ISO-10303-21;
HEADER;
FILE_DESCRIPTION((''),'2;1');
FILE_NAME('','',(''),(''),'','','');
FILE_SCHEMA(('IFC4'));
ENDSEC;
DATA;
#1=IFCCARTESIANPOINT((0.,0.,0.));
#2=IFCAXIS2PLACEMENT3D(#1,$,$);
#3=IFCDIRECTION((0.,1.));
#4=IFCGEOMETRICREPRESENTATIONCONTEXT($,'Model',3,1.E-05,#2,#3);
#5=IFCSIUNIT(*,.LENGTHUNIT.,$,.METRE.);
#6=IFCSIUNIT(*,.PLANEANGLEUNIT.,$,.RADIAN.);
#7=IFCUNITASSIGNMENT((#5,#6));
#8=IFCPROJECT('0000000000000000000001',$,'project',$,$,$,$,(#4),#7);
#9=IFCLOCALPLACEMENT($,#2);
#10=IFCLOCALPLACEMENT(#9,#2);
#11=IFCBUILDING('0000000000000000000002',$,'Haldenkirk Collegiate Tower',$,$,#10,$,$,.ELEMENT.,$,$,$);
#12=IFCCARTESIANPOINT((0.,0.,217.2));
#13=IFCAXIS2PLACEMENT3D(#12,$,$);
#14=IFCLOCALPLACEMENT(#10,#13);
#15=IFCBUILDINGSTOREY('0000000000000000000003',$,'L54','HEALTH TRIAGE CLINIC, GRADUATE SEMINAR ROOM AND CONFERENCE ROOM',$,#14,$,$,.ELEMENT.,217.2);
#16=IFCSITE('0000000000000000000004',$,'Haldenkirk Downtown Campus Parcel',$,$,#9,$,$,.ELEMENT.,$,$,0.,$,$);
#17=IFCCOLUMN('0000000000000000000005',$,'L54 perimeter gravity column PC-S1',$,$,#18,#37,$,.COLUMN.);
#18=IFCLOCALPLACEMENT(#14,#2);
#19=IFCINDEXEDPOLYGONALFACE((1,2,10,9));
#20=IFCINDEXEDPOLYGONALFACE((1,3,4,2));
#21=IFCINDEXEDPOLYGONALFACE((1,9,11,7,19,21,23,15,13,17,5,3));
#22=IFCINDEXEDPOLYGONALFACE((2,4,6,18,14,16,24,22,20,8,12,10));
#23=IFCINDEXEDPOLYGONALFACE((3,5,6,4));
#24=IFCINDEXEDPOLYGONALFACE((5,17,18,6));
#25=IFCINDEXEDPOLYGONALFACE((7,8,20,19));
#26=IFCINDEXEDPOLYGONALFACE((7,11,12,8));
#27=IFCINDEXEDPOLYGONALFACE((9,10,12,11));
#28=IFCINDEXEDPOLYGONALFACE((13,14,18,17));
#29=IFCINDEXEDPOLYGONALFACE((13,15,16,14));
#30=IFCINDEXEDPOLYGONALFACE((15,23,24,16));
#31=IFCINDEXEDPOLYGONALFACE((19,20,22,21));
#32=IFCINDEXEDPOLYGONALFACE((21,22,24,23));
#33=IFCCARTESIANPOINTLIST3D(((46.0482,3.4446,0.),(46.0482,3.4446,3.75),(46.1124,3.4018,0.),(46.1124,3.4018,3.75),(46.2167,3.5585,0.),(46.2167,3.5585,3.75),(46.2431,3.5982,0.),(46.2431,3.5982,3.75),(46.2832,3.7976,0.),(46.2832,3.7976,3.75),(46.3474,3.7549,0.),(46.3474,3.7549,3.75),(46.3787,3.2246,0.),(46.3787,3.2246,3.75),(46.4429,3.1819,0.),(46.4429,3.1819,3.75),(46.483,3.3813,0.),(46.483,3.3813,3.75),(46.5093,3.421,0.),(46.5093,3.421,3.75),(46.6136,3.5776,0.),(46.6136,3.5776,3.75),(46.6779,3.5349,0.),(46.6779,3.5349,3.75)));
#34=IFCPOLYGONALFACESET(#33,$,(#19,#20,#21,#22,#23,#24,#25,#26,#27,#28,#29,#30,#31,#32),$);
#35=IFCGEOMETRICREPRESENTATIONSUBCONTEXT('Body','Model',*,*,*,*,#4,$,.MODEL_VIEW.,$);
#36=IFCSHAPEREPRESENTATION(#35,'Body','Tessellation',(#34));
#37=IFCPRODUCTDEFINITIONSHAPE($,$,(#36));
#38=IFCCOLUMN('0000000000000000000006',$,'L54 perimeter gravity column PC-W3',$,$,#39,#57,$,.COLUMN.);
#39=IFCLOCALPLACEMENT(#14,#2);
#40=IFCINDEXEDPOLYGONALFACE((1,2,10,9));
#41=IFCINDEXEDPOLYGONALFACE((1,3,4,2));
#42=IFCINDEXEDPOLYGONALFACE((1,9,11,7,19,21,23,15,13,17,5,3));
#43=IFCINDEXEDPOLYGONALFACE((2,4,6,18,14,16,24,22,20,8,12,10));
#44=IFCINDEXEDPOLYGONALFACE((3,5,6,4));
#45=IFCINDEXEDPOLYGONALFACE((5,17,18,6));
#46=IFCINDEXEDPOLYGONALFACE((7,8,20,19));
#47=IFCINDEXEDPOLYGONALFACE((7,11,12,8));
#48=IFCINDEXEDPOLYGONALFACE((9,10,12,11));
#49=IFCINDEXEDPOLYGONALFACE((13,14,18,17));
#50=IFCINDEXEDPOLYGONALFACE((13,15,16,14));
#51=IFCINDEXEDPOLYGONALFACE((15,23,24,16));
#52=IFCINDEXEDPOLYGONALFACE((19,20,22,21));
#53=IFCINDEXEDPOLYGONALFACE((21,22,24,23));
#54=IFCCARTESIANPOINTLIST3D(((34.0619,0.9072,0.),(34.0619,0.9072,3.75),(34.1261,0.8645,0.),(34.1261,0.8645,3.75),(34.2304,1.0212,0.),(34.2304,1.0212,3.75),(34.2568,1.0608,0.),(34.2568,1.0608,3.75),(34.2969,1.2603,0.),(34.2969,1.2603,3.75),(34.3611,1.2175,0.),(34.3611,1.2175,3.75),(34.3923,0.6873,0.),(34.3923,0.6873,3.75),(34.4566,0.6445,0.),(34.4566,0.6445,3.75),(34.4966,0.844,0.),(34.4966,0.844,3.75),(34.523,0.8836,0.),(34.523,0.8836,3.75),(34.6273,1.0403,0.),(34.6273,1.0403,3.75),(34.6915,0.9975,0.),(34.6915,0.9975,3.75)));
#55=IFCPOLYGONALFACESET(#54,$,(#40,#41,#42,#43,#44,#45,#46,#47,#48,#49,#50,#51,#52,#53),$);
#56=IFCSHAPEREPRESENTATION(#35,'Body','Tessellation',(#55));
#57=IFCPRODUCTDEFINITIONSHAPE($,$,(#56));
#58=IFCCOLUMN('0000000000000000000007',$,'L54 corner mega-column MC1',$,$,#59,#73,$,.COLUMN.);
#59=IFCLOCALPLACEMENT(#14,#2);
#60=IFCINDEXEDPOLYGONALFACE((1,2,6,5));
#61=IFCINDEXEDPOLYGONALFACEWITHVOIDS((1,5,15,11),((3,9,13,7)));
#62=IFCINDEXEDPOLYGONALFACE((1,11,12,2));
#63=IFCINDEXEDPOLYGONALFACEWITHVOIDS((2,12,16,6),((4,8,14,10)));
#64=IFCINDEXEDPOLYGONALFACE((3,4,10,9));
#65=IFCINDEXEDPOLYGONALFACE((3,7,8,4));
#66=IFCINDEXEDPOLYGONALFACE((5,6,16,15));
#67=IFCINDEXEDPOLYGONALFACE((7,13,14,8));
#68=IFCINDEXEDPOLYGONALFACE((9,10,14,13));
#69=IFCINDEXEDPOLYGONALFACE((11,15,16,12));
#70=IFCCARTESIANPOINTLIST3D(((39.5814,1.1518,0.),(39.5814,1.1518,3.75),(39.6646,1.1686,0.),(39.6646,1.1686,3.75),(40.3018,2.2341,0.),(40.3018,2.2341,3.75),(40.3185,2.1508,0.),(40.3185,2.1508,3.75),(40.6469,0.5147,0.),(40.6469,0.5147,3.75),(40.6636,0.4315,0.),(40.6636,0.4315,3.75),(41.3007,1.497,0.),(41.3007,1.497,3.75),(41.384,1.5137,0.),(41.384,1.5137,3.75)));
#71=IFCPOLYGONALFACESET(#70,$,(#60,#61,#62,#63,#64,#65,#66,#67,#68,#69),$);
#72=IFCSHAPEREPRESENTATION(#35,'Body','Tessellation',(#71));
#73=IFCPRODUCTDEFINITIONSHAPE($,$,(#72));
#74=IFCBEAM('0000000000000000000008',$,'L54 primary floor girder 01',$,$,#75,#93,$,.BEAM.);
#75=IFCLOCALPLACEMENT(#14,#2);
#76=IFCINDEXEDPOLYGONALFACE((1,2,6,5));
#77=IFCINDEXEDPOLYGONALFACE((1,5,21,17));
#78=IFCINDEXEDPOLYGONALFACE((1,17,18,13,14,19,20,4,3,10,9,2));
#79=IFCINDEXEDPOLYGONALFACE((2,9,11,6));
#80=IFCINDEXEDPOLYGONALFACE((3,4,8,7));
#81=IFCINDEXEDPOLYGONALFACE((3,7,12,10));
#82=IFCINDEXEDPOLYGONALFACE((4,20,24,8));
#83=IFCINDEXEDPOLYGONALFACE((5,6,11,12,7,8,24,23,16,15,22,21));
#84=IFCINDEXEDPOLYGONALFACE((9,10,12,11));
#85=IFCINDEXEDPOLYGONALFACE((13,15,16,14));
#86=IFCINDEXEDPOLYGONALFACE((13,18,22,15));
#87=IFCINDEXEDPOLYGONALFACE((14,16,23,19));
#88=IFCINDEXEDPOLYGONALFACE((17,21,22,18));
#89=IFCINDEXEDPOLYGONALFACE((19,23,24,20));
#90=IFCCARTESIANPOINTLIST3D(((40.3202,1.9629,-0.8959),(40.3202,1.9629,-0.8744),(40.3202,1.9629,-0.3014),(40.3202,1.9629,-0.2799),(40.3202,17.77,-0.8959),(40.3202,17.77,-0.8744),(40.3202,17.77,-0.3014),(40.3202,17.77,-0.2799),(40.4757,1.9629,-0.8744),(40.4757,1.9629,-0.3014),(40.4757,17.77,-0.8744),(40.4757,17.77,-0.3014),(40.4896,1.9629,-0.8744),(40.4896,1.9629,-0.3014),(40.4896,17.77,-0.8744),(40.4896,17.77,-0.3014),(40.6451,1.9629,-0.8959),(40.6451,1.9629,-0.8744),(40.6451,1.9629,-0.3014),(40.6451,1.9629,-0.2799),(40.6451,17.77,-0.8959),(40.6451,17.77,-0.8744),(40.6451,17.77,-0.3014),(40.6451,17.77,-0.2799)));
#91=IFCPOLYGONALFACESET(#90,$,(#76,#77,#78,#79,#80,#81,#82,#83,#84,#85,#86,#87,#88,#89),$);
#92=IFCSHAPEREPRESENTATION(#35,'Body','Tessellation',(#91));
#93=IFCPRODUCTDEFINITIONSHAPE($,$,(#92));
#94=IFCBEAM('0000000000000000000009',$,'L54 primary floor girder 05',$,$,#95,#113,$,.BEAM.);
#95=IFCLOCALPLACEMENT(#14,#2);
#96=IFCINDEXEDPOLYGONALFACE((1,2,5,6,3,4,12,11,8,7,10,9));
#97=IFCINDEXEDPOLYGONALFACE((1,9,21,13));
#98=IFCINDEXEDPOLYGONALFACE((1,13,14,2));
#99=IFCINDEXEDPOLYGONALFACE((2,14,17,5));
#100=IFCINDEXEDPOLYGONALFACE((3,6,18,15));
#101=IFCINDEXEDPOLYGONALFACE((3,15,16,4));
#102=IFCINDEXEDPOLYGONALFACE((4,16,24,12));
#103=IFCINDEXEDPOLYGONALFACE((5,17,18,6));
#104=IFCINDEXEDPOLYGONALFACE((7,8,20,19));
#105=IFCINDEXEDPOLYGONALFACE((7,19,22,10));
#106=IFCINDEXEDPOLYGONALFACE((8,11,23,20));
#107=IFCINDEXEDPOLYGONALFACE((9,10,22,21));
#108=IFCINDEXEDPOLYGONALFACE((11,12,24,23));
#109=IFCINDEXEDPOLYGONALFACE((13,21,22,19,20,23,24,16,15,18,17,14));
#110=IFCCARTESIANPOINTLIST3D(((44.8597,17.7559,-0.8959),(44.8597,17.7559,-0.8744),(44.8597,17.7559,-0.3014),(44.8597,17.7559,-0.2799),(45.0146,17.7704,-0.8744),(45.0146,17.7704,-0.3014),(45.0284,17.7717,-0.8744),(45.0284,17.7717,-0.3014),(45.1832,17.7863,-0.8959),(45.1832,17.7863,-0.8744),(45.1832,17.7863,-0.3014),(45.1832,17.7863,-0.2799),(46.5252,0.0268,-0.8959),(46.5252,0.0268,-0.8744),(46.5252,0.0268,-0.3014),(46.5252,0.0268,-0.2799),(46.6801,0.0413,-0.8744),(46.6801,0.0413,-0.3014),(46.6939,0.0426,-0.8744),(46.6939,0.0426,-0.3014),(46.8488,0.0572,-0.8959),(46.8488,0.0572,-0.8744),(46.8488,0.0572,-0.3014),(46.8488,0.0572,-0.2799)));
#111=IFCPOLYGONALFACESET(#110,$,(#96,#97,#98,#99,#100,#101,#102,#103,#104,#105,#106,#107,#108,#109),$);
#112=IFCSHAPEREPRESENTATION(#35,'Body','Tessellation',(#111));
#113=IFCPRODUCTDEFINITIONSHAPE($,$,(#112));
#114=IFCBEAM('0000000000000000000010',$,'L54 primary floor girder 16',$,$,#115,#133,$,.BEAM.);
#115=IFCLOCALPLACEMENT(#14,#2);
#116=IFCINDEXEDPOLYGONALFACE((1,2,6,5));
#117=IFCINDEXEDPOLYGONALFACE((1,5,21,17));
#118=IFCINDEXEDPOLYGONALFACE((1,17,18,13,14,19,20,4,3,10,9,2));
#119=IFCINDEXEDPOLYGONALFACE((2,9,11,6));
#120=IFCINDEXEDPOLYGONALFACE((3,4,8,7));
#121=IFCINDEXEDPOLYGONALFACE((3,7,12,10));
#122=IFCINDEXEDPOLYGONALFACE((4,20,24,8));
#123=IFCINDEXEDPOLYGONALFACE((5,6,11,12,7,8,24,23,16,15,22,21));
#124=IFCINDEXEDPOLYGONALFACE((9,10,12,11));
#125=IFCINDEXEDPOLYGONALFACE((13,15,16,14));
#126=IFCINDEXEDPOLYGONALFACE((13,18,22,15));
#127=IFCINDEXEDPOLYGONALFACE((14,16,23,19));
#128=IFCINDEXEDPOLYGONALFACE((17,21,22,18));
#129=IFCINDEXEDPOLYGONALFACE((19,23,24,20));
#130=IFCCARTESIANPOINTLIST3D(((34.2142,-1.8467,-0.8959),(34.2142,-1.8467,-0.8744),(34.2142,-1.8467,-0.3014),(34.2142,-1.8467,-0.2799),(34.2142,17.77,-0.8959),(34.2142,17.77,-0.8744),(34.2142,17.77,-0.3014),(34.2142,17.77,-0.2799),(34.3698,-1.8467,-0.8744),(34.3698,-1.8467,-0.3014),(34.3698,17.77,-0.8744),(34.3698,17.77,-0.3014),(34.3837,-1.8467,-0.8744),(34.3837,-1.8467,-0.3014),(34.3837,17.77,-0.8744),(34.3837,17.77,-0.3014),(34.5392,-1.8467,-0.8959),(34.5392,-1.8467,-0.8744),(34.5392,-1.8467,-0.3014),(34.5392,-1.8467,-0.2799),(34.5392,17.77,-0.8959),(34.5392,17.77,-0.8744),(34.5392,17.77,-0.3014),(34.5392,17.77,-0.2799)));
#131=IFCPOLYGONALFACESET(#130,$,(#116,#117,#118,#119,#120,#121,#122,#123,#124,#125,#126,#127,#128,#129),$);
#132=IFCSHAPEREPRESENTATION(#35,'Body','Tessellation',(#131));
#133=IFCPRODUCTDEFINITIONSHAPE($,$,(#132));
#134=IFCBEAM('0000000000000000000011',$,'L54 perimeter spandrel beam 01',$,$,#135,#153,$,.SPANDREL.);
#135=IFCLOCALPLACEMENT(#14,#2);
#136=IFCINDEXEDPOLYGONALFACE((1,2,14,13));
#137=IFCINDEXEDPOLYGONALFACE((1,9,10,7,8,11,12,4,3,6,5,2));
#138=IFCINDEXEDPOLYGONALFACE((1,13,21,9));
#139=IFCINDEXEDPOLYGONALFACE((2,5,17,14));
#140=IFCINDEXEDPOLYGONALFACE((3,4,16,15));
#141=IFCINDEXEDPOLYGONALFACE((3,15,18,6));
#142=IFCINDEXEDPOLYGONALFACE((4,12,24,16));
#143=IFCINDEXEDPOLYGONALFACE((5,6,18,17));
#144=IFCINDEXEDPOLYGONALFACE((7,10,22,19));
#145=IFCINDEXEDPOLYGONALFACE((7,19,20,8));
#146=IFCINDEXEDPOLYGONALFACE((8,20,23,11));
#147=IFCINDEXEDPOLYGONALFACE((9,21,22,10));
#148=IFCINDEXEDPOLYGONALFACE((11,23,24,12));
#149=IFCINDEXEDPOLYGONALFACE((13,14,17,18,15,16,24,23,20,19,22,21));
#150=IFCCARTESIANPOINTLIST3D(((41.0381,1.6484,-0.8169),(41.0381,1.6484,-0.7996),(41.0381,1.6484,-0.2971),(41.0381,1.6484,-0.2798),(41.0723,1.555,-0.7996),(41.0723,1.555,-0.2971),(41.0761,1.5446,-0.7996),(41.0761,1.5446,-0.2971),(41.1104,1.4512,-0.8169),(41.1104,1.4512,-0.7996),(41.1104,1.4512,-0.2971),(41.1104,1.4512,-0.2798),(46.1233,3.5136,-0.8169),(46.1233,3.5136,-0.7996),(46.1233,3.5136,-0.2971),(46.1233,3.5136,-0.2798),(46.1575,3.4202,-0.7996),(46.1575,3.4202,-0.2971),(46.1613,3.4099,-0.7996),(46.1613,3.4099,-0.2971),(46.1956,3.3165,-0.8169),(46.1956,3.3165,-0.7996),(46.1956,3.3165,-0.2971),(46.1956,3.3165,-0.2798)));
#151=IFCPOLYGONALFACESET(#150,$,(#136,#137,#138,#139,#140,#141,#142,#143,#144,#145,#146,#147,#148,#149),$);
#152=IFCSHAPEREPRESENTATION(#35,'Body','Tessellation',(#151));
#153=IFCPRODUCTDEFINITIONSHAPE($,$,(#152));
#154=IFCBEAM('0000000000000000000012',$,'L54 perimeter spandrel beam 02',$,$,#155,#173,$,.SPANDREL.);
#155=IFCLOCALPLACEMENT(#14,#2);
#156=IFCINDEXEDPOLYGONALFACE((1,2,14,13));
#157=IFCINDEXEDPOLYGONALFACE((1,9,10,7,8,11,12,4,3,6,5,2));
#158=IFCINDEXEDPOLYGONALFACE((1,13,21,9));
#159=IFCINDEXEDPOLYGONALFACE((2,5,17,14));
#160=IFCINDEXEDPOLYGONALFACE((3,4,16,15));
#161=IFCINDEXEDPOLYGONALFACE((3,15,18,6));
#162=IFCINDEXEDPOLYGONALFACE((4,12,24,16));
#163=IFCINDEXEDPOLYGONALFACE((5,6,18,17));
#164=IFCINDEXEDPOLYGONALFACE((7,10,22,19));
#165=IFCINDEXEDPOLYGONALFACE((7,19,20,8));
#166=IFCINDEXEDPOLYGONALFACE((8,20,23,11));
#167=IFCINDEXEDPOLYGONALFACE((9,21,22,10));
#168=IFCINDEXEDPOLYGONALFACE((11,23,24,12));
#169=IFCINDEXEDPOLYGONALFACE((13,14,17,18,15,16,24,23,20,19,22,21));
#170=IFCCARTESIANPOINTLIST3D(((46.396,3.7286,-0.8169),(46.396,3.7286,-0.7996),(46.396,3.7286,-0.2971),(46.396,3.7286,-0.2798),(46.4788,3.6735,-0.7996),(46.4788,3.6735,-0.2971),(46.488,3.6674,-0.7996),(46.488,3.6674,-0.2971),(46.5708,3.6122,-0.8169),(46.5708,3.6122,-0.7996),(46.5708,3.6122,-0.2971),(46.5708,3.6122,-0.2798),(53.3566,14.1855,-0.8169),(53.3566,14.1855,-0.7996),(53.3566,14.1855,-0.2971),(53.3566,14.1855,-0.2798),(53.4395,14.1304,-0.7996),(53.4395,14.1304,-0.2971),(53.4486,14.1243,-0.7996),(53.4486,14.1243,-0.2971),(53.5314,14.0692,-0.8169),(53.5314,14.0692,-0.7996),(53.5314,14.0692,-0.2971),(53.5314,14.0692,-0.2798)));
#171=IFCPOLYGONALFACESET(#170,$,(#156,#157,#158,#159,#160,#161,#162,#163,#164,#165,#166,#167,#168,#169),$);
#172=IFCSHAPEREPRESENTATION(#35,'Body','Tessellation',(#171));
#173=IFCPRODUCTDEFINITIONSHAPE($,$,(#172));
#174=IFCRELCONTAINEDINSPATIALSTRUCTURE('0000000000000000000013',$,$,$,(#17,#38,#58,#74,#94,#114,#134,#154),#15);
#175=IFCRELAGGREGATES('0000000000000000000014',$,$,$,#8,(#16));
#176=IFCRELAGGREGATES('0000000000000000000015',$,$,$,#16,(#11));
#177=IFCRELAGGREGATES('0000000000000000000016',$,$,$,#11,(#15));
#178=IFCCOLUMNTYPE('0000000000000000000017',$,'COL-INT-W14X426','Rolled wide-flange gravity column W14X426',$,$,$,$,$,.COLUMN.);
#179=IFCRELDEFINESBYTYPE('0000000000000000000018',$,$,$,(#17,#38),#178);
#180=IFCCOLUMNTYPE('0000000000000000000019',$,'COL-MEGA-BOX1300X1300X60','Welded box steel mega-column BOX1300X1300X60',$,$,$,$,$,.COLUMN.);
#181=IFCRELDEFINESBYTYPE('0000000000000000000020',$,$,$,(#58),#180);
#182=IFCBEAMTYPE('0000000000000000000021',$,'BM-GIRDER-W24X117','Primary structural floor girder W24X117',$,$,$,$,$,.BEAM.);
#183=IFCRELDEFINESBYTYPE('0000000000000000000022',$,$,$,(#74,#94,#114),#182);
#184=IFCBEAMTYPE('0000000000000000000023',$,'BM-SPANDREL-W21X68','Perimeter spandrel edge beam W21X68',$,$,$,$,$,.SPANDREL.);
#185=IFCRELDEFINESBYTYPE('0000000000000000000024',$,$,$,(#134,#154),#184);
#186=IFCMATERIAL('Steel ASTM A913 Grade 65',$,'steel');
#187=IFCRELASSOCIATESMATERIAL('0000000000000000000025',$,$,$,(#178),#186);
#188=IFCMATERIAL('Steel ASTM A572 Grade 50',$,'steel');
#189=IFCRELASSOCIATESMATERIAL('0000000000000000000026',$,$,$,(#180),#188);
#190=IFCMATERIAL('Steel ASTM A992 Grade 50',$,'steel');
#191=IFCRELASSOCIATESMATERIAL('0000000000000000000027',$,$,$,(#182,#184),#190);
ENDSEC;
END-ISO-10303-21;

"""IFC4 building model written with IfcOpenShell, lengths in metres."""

from ifc_helpers import new_model, si_unit, direction, frame, origin, origin_2d, place, context, subcontext, project, spatial, hollow_rectangle, i_section, extrude, material, material_profile, profile_set, type_object, element, save


model = new_model("IFC4")

# Units and contexts
model_context = context("Model", 3, precision=1e-05, world=origin(), true_north=direction((0.0, 1.0)))
body_context = subcontext(model_context, "Body", "Model", "MODEL_VIEW")
ifc_project = project(units=[si_unit("LENGTHUNIT", "METRE"), si_unit("PLANEANGLEUNIT", "RADIAN")], contexts=[model_context])

# Site, building, storey
site_placement = place(None, origin())
site = spatial("IfcSite", under=ifc_project, at=site_placement, Name="Haldenkirk Downtown Campus Parcel", CompositionType="ELEMENT", RefElevation=0.0)
building_placement = place(site_placement, origin())
building = spatial("IfcBuilding", under=site, at=building_placement, Name="Haldenkirk Collegiate Tower", CompositionType="ELEMENT")
storey_placement = place(building_placement, frame((0.0, 0.0, 217.2)))
storey = spatial("IfcBuildingStorey", under=building, at=storey_placement, Name="L54", Description="HEALTH TRIAGE CLINIC, GRADUATE SEMINAR ROOM AND CONFERENCE ROOM", CompositionType="ELEMENT", Elevation=217.2)

# Columns
ifc_material_1 = material(Name="Steel ASTM A913 Grade 65", Category="steel")
ifc_material_profile_1 = material_profile(ifc_material_1, i_section(OverallWidth=0.4241, OverallDepth=0.4741, WebThickness=0.0476, FlangeThickness=0.0771, at=origin_2d()), Name="W14X426")
ifc_profile_set_1 = profile_set([ifc_material_profile_1], Name="Steel ASTM A913 Grade 65")
column_type_1 = type_object("IfcColumnType", Name="COL-INT-W14X426", Description="Rolled wide-flange gravity column W14X426", PredefinedType="COLUMN", material=ifc_profile_set_1)
for number, where, z_axis, x_axis, name in (
    (1, (46.363, 3.4897, 0.0), (0.0, 0.0, 1.0), (0.554118, 0.832438, 0.0), "L54 perimeter gravity column PC-S1"),
    (2, (34.3767, 0.9524, 0.0), (0.0, 0.0, 1.0), (0.554118, 0.832438, 0.0), "L54 perimeter gravity column PC-W3"),
):
    element("IfcColumn", number, at=place(storey_placement, frame(where, z_axis=z_axis, x_axis=x_axis)), inside=storey, type_object=column_type_1, Name=name, PredefinedType="COLUMN", context=body_context, shape_type="SweptSolid", body=[
        extrude(i_section(OverallWidth=0.4241, OverallDepth=0.4741, WebThickness=0.0476, FlangeThickness=0.0771, at=origin_2d()), origin(), (0.0, 0.0, 1.0), 3.75),
    ])
ifc_material_2 = material(Name="Steel ASTM A572 Grade 50", Category="steel")
ifc_material_profile_2 = material_profile(ifc_material_2, hollow_rectangle(XDim=1.3, YDim=1.3, WallThickness=0.0601, at=origin_2d()), Name="BOX1300X1300X60")
ifc_profile_set_2 = profile_set([ifc_material_profile_2], Name="Steel ASTM A572 Grade 50")
column_type_2 = type_object("IfcColumnType", Name="COL-MEGA-BOX1300X1300X60", Description="Welded box steel mega-column BOX1300X1300X60", PredefinedType="COLUMN", material=ifc_profile_set_2)
column_placement = place(storey_placement, frame((40.4827, 1.3328, 0.0), z_axis=(0.0, 0.0, 1.0), x_axis=(0.554118, 0.832438, 0.0)))
element("IfcColumn", 3, at=column_placement, inside=storey, type_object=column_type_2, Name="L54 corner mega-column MC1", PredefinedType="COLUMN", context=body_context, shape_type="SweptSolid", body=[
    extrude(hollow_rectangle(XDim=1.3, YDim=1.3, WallThickness=0.0601, at=origin_2d()), origin(), (0.0, 0.0, 1.0), 3.75),
])

# Beams
ifc_material_3 = material(Name="Steel ASTM A992 Grade 50", Category="steel")
ifc_material_profile_3 = material_profile(ifc_material_3, i_section(OverallWidth=0.325, OverallDepth=0.616, WebThickness=0.0139, FlangeThickness=0.0215, at=origin_2d()), Name="W24X117")
ifc_profile_set_3 = profile_set([ifc_material_profile_3], Name="Steel ASTM A992 Grade 50")
beam_type_1 = type_object("IfcBeamType", Name="BM-GIRDER-W24X117", Description="Primary structural floor girder W24X117", PredefinedType="BEAM", material=ifc_profile_set_3)
beam_1_placement = place(storey_placement, frame((40.4827, 1.9629, -0.5879), z_axis=(0.0, 1.0, 0.0), x_axis=(-1.0, 0.0, 0.0)))
element("IfcBeam", 4, at=beam_1_placement, inside=storey, type_object=beam_type_1, Name="L54 primary floor girder 01", PredefinedType="BEAM", context=body_context, shape_type="SweptSolid", body=[
    extrude(i_section(OverallWidth=0.325, OverallDepth=0.616, WebThickness=0.0139, FlangeThickness=0.0215, at=origin_2d()), origin(), (0.0, 0.0, 1.0), 15.8071),
])
beam_2_placement = place(storey_placement, frame((46.687, 0.042, -0.5879), z_axis=(-0.093532, 0.995616, 0.0), x_axis=(-0.995616, -0.093532, 0.0)))
element("IfcBeam", 5, at=beam_2_placement, inside=storey, type_object=beam_type_1, Name="L54 primary floor girder 05", PredefinedType="BEAM", context=body_context, shape_type="SweptSolid", body=[
    extrude(i_section(OverallWidth=0.325, OverallDepth=0.616, WebThickness=0.0139, FlangeThickness=0.0215, at=origin_2d()), origin(), (0.0, 0.0, 1.0), 17.8071),
])
beam_3_placement = place(storey_placement, frame((34.3767, -1.8467, -0.5879), z_axis=(0.0, 1.0, 0.0), x_axis=(-1.0, 0.0, 0.0)))
element("IfcBeam", 6, at=beam_3_placement, inside=storey, type_object=beam_type_1, Name="L54 primary floor girder 16", PredefinedType="BEAM", context=body_context, shape_type="SweptSolid", body=[
    extrude(i_section(OverallWidth=0.325, OverallDepth=0.616, WebThickness=0.0139, FlangeThickness=0.0215, at=origin_2d()), origin(), (0.0, 0.0, 1.0), 19.6167),
])
ifc_material_profile_4 = material_profile(ifc_material_3, i_section(OverallWidth=0.21, OverallDepth=0.5371, WebThickness=0.011, FlangeThickness=0.0173, at=origin_2d()), Name="W21X68")
ifc_profile_set_4 = profile_set([ifc_material_profile_4], Name="Steel ASTM A992 Grade 50")
beam_type_2 = type_object("IfcBeamType", Name="BM-SPANDREL-W21X68", Description="Perimeter spandrel edge beam W21X68", PredefinedType="SPANDREL", material=ifc_profile_set_4)
beam_4_placement = place(storey_placement, frame((41.0742, 1.5498, -0.5483), z_axis=(0.938837, 0.344362, 0.0), x_axis=(-0.344362, 0.938837, 0.0)))
element("IfcBeam", 7, at=beam_4_placement, inside=storey, type_object=beam_type_2, Name="L54 perimeter spandrel beam 01", PredefinedType="SPANDREL", context=body_context, shape_type="SweptSolid", body=[
    extrude(i_section(OverallWidth=0.21, OverallDepth=0.5371, WebThickness=0.011, FlangeThickness=0.0173, at=origin_2d()), origin(), (0.0, 0.0, 1.0), 5.4165),
])
beam_5_placement = place(storey_placement, frame((46.4834, 3.6704, -0.5483), z_axis=(0.554113, 0.832442, 0.0), x_axis=(-0.832442, 0.554113, 0.0)))
element("IfcBeam", 8, at=beam_5_placement, inside=storey, type_object=beam_type_2, Name="L54 perimeter spandrel beam 02", PredefinedType="SPANDREL", context=body_context, shape_type="SweptSolid", body=[
    extrude(i_section(OverallWidth=0.21, OverallDepth=0.5371, WebThickness=0.011, FlangeThickness=0.0173, at=origin_2d()), origin(), (0.0, 0.0, 1.0), 12.5618),
])

save(model, "model.ifc")
